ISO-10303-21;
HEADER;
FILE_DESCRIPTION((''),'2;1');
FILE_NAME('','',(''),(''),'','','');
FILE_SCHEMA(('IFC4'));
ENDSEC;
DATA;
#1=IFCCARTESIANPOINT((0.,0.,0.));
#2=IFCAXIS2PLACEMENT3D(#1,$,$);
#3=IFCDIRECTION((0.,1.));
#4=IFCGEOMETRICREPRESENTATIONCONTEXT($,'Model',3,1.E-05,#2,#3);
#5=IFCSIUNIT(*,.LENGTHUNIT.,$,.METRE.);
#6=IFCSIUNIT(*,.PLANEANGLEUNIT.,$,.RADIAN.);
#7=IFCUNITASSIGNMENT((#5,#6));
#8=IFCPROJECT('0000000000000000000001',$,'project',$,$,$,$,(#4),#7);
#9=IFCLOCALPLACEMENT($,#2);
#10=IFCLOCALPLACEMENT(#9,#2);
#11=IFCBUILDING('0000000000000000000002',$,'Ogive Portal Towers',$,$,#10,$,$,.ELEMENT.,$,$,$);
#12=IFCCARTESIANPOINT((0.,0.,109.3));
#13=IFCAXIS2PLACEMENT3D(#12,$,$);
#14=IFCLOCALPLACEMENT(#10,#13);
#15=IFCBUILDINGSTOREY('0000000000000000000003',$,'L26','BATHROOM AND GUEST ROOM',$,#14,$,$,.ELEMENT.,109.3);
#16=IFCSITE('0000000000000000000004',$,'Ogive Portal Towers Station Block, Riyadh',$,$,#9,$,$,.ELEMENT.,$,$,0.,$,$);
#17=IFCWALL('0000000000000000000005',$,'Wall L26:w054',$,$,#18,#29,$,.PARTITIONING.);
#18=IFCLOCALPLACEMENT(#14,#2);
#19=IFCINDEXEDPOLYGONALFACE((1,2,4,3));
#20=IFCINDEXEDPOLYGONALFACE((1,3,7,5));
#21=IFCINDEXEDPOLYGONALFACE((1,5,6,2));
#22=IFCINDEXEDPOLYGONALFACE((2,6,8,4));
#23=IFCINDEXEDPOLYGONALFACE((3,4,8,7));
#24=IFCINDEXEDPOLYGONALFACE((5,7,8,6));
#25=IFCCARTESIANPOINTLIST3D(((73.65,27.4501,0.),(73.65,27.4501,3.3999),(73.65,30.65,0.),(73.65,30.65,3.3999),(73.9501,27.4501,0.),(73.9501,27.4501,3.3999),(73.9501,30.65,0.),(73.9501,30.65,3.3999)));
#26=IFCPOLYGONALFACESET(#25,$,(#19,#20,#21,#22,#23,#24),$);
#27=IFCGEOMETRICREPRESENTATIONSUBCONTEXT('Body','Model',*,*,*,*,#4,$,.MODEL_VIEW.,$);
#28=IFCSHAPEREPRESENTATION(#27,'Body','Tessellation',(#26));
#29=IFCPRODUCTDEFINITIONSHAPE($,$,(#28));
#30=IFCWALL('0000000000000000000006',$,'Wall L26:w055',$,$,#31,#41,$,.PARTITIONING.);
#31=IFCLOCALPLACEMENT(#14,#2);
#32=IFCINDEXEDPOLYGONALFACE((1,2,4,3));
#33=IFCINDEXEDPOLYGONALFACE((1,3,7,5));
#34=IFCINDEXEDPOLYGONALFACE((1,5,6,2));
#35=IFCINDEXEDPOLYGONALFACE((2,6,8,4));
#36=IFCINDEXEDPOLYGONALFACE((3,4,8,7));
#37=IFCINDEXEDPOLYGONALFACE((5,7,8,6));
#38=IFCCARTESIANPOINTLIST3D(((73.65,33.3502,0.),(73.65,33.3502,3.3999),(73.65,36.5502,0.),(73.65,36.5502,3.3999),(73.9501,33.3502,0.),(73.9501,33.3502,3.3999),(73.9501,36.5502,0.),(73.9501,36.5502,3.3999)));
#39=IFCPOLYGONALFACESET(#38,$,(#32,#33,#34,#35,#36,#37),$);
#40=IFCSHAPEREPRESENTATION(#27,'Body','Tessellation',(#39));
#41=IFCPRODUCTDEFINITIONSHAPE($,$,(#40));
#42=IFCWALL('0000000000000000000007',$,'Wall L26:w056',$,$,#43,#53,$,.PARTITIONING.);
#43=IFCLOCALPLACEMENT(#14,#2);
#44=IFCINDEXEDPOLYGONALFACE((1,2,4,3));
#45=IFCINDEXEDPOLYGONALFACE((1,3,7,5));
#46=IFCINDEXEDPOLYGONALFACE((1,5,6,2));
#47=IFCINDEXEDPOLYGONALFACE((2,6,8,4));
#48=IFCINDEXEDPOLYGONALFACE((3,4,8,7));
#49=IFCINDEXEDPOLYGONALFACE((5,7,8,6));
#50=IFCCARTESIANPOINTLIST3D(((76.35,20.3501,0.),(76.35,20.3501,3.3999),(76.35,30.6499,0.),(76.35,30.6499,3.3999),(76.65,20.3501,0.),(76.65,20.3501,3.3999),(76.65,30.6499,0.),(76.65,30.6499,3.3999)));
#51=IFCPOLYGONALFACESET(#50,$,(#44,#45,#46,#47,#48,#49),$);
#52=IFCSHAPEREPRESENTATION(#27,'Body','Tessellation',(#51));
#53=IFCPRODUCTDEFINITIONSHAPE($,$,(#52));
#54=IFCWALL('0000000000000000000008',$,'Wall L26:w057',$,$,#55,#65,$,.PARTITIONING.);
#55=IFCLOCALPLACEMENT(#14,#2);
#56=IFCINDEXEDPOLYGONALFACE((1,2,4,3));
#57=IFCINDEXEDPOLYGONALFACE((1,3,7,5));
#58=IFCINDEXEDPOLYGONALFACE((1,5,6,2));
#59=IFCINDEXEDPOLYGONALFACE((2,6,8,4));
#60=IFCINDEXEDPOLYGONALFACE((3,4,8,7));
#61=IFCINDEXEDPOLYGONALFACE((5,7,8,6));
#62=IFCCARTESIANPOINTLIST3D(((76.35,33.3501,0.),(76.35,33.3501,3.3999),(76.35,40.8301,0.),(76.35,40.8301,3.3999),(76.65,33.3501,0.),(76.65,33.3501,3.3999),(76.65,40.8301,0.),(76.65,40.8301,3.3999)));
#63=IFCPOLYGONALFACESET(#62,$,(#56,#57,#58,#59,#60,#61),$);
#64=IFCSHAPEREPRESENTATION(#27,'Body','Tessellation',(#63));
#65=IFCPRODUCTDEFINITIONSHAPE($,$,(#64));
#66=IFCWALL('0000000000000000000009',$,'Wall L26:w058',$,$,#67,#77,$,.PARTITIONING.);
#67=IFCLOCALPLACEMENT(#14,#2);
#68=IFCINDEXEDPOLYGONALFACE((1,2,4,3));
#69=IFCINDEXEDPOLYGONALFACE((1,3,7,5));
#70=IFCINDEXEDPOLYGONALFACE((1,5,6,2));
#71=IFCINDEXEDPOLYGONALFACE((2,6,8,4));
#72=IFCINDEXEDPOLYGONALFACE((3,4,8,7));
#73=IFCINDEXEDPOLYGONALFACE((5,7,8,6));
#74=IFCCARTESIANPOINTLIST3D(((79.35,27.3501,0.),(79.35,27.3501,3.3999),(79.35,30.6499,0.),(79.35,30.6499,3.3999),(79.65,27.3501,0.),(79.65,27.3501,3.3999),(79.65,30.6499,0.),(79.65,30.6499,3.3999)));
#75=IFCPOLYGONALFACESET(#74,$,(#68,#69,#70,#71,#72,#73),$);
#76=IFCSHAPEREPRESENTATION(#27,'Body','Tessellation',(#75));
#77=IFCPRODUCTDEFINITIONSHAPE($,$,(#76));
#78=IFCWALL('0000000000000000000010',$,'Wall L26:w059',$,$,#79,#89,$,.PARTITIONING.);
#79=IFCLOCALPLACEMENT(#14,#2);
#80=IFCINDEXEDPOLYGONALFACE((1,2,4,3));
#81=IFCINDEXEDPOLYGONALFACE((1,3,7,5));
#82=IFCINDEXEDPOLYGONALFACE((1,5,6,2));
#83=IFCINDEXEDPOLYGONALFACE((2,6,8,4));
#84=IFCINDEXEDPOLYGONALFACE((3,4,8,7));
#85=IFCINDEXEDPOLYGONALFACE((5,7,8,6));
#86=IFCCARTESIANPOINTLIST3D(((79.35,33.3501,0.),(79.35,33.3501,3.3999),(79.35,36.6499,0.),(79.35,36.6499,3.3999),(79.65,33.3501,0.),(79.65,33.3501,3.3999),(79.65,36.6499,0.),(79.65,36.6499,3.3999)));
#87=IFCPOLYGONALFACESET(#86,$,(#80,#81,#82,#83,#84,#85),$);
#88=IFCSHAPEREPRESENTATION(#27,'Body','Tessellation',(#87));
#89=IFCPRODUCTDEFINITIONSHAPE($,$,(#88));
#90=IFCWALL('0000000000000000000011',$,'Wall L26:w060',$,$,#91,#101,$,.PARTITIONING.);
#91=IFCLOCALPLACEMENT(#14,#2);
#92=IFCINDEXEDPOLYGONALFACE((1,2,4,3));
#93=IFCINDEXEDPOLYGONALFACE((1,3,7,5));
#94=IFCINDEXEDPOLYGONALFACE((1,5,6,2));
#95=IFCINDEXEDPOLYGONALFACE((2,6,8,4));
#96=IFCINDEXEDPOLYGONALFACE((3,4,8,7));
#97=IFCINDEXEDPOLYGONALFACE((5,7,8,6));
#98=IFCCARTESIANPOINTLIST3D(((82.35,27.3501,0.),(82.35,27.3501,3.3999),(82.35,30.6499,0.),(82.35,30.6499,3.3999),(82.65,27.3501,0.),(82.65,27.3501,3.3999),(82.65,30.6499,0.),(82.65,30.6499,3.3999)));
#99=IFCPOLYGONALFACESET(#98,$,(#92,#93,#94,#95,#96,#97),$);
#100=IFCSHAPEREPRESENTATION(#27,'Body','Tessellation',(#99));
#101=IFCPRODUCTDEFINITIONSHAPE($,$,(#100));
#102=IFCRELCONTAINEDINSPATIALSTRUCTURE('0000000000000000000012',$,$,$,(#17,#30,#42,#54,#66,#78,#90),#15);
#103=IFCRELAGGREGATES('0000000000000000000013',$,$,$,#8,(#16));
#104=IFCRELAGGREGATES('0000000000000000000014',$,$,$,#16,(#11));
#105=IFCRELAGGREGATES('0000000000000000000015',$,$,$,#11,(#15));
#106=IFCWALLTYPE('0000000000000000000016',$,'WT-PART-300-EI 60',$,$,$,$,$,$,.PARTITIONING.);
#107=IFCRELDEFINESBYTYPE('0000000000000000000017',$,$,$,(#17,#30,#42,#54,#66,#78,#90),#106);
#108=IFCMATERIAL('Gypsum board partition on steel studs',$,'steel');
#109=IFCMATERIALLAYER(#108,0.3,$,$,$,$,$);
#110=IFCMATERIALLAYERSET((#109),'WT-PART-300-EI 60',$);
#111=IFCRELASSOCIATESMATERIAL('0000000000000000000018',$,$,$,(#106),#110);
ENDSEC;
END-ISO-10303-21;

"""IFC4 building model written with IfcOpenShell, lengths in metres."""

from ifc_helpers import new_model, si_unit, direction, frame, frame_2d, origin, place, context, subcontext, project, spatial, rectangle, extrude, material, layer, layer_set, type_object, element, save


model = new_model("IFC4")

# Units and contexts
model_context = context("Model", 3, precision=1e-05, world=origin(), true_north=direction((0.0, 1.0)))
body_context = subcontext(model_context, "Body", "Model", "MODEL_VIEW")
ifc_project = project(units=[si_unit("LENGTHUNIT", "METRE"), si_unit("PLANEANGLEUNIT", "RADIAN")], contexts=[model_context])

# Site, building, storey
site_placement = place(None, origin())
site = spatial("IfcSite", under=ifc_project, at=site_placement, Name="Ogive Portal Towers Station Block, Riyadh", CompositionType="ELEMENT", RefElevation=0.0)
building_placement = place(site_placement, origin())
building = spatial("IfcBuilding", under=site, at=building_placement, Name="Ogive Portal Towers", CompositionType="ELEMENT")
storey_placement = place(building_placement, frame((0.0, 0.0, 109.3)))
storey = spatial("IfcBuildingStorey", under=building, at=storey_placement, Name="L26", Description="BATHROOM AND GUEST ROOM", CompositionType="ELEMENT", Elevation=109.3)

# Shared definitions
ifc_material_1 = material(Name="Gypsum board partition on steel studs", Category="steel")
ifc_layer = layer(ifc_material_1, 0.3)
ifc_layer_set = layer_set([ifc_layer], Name="WT-PART-300-EI 60")
wall_type = type_object("IfcWallType", Name="WT-PART-300-EI 60", PredefinedType="PARTITIONING", material=ifc_layer_set)

# Walls
for number, where, z_axis, x_axis, name in (
    (1, (73.8, 27.45, 0.0), (0.0, 0.0, 1.0), (0.0, 1.0, 0.0), "Wall L26:w054"),
    (2, (73.8, 33.3501, 0.0), (0.0, 0.0, 1.0), (0.0, 1.0, 0.0), "Wall L26:w055"),
):
    element("IfcWall", number, at=place(storey_placement, frame(where, z_axis=z_axis, x_axis=x_axis)), inside=storey, type_object=wall_type, Name=name, PredefinedType="PARTITIONING", context=body_context, shape_type="SweptSolid", body=[
        extrude(rectangle(XDim=3.2, YDim=0.3, at=frame_2d((1.6001, 0.0))), origin(), (0.0, 0.0, 1.0), 3.3999),
    ])
wall_1_placement = place(storey_placement, frame((76.5, 20.3501, 0.0), z_axis=(0.0, 0.0, 1.0), x_axis=(0.0, 1.0, 0.0)))
element("IfcWall", 3, at=wall_1_placement, inside=storey, type_object=wall_type, Name="Wall L26:w056", PredefinedType="PARTITIONING", context=body_context, shape_type="SweptSolid", body=[
    extrude(rectangle(XDim=10.2998, YDim=0.3, at=frame_2d((5.1499, 0.0))), origin(), (0.0, 0.0, 1.0), 3.3999),
])
wall_2_placement = place(storey_placement, frame((76.5, 33.3501, 0.0), z_axis=(0.0, 0.0, 1.0), x_axis=(0.0, 1.0, 0.0)))
element("IfcWall", 4, at=wall_2_placement, inside=storey, type_object=wall_type, Name="Wall L26:w057", PredefinedType="PARTITIONING", context=body_context, shape_type="SweptSolid", body=[
    extrude(rectangle(XDim=7.48, YDim=0.3, at=frame_2d((3.74, 0.0))), origin(), (0.0, 0.0, 1.0), 3.3999),
])
for number, where, z_axis, x_axis, name in (
    (5, (79.5, 27.3501, 0.0), (0.0, 0.0, 1.0), (0.0, 1.0, 0.0), "Wall L26:w058"),
    (6, (79.5, 33.3501, 0.0), (0.0, 0.0, 1.0), (0.0, 1.0, 0.0), "Wall L26:w059"),
    (7, (82.5, 27.3501, 0.0), (0.0, 0.0, 1.0), (0.0, 1.0, 0.0), "Wall L26:w060"),
):
    element("IfcWall", number, at=place(storey_placement, frame(where, z_axis=z_axis, x_axis=x_axis)), inside=storey, type_object=wall_type, Name=name, PredefinedType="PARTITIONING", context=body_context, shape_type="SweptSolid", body=[
        extrude(rectangle(XDim=3.2998, YDim=0.3, at=frame_2d((1.6499, 0.0))), origin(), (0.0, 0.0, 1.0), 3.3999),
    ])

save(model, "model.ifc")
